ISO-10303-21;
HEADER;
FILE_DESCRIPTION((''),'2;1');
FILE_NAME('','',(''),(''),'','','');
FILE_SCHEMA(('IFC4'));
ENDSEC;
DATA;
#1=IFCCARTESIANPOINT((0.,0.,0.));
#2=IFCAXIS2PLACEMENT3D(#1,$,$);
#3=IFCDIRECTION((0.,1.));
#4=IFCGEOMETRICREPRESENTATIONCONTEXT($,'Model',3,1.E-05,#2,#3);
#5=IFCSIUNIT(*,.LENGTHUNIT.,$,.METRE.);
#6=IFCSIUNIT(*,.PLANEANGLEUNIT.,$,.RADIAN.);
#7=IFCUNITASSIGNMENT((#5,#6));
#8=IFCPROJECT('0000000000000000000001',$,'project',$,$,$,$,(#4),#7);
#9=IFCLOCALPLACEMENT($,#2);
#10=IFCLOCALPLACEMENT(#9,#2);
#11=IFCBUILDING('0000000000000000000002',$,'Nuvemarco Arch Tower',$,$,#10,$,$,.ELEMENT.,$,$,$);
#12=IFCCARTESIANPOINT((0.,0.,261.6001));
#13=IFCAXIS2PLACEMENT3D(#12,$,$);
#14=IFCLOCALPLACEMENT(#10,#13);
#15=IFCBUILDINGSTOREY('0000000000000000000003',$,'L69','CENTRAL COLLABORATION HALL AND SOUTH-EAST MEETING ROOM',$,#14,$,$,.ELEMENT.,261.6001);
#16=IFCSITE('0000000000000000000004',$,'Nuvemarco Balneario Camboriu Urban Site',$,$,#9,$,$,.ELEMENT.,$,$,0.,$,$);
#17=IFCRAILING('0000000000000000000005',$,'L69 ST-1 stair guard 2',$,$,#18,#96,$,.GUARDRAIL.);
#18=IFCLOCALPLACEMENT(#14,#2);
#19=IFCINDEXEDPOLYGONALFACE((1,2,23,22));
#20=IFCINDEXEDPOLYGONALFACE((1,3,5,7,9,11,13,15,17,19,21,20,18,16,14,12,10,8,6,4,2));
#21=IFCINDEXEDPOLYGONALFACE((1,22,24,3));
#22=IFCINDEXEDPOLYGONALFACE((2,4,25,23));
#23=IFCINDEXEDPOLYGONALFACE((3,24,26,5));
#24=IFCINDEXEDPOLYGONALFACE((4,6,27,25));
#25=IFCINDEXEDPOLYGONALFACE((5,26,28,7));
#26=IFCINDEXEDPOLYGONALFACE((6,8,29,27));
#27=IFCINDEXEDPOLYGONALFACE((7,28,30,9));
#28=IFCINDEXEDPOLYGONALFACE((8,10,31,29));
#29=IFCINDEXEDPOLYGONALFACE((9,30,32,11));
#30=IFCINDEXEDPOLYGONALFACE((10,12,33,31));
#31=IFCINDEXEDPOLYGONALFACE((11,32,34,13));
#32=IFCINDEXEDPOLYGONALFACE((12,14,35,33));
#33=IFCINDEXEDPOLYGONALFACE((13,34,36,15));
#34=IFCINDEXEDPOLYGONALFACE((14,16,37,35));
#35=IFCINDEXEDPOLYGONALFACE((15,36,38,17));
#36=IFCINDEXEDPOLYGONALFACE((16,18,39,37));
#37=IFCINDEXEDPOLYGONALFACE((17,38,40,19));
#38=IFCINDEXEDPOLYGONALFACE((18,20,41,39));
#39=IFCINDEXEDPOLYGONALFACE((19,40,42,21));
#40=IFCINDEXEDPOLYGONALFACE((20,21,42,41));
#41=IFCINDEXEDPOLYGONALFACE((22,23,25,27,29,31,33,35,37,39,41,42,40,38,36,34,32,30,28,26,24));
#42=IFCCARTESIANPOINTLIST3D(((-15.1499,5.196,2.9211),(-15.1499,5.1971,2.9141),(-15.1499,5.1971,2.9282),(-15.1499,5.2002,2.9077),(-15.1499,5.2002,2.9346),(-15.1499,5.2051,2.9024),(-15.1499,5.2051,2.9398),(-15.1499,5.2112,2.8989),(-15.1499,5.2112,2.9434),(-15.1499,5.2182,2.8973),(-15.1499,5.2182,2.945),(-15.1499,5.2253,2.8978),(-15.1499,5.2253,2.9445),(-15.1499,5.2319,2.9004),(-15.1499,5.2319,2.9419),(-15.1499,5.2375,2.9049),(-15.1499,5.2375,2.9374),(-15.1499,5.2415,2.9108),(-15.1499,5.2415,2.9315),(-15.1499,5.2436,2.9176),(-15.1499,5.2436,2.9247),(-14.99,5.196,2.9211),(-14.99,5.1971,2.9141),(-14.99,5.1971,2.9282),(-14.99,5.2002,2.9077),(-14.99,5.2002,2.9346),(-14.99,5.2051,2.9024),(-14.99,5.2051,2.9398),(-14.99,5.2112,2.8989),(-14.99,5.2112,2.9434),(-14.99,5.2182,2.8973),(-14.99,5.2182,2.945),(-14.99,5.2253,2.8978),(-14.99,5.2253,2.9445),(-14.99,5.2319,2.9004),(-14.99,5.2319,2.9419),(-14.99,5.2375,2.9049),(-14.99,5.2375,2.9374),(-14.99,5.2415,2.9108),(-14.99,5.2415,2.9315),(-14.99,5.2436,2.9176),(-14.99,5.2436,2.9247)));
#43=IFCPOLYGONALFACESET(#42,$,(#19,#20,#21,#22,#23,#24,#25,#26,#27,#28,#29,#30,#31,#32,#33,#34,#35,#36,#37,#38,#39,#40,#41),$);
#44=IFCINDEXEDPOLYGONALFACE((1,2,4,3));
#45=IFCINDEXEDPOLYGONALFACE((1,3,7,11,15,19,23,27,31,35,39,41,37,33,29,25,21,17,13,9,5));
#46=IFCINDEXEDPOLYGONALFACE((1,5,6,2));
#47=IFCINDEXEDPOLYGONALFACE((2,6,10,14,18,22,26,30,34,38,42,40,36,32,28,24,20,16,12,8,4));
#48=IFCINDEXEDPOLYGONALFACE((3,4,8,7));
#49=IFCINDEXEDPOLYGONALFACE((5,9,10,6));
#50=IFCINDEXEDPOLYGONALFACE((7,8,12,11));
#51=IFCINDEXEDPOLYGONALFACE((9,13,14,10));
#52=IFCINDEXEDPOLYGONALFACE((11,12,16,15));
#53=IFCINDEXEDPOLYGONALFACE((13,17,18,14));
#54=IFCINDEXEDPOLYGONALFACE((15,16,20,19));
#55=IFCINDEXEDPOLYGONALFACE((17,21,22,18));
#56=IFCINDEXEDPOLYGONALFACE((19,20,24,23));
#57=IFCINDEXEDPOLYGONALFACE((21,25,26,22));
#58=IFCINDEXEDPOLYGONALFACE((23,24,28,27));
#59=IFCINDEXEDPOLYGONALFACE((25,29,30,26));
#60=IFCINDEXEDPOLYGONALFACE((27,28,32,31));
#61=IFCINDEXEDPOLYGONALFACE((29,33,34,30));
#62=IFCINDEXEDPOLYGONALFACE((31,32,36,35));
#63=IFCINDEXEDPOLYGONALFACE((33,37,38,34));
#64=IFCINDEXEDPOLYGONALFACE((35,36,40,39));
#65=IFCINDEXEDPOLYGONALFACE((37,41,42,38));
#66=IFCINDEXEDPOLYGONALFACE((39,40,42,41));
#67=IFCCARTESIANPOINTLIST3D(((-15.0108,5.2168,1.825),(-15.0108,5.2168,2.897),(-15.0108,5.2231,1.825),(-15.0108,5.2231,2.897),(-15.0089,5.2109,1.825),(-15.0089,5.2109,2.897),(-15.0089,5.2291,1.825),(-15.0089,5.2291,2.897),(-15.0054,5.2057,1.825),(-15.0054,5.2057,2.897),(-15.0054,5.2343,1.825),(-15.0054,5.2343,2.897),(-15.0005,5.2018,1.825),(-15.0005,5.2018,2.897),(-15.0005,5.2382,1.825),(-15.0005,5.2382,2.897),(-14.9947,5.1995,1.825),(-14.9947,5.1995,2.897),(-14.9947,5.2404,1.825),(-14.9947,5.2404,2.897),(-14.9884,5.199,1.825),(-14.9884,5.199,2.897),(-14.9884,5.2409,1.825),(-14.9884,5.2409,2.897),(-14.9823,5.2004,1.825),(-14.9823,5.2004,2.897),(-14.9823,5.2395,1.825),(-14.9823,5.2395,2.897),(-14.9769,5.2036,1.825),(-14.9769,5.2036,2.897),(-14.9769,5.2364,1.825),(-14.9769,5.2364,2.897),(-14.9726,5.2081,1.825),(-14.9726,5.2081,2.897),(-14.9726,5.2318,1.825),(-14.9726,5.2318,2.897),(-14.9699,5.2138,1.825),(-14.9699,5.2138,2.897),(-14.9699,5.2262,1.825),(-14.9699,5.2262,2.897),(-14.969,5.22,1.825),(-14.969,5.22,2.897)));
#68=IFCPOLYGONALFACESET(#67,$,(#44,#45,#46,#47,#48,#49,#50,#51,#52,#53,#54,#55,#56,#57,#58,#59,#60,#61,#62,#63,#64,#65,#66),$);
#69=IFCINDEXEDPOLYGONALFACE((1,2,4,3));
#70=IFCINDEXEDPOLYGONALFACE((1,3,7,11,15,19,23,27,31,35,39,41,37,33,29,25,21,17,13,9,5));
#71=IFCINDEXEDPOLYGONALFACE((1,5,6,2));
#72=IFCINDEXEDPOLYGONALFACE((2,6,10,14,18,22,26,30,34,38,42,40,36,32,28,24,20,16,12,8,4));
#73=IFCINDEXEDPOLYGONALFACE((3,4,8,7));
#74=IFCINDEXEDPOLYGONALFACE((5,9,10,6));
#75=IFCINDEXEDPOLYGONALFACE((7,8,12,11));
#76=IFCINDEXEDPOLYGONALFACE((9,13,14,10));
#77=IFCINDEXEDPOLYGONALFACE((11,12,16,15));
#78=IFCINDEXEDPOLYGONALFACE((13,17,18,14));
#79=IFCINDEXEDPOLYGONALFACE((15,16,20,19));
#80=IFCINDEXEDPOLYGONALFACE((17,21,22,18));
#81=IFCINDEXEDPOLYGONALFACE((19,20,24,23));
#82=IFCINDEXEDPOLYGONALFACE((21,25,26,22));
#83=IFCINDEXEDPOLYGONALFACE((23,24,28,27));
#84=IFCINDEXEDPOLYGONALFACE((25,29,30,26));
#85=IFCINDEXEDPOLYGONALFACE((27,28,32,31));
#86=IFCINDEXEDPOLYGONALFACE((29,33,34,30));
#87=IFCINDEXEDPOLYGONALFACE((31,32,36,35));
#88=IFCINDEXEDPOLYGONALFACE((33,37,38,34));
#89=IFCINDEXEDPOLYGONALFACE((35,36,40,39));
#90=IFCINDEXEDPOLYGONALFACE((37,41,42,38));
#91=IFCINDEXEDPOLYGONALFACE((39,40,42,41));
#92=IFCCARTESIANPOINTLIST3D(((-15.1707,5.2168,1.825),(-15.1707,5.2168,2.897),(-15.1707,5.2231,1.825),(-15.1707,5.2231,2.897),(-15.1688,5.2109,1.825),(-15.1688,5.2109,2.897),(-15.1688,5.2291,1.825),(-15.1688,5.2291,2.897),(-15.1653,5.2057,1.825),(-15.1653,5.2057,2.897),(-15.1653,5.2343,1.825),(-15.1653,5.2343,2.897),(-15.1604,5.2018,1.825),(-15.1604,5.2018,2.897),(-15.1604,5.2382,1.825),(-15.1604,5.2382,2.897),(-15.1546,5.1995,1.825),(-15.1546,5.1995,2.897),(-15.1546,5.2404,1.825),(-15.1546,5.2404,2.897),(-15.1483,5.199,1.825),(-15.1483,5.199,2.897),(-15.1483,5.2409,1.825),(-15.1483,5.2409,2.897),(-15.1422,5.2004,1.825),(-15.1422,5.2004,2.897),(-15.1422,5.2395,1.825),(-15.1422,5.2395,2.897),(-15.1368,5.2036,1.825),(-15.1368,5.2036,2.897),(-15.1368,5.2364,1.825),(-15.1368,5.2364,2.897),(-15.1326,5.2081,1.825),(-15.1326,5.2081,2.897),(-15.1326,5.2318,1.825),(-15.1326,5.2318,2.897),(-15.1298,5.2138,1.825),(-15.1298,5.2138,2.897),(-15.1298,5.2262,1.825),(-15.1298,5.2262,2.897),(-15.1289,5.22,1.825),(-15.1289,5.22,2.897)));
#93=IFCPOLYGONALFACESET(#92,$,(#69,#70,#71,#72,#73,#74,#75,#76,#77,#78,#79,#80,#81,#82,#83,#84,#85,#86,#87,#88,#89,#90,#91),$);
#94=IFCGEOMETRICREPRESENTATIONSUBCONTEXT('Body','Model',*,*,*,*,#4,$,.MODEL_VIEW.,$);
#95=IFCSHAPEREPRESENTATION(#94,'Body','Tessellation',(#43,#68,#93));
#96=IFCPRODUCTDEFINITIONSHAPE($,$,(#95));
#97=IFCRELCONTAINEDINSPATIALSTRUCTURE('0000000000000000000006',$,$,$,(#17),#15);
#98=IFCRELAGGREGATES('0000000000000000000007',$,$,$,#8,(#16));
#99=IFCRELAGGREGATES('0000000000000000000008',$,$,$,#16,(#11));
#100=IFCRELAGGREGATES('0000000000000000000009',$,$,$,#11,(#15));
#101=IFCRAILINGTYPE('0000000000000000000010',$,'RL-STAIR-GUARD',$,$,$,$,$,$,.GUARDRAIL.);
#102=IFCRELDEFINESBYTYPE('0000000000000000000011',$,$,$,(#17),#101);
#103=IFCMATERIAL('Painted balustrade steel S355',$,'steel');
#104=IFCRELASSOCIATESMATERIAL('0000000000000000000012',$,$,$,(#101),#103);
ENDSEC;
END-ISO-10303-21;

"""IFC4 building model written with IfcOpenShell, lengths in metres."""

from ifc_helpers import new_model, si_unit, direction, frame, origin, origin_2d, place, context, subcontext, project, spatial, circle, extrude, material, type_object, element, save


model = new_model("IFC4")

# Units and contexts
model_context = context("Model", 3, precision=1e-05, world=origin(), true_north=direction((0.0, 1.0)))
body_context = subcontext(model_context, "Body", "Model", "MODEL_VIEW")
ifc_project = project(units=[si_unit("LENGTHUNIT", "METRE"), si_unit("PLANEANGLEUNIT", "RADIAN")], contexts=[model_context])

# Site, building, storey
site_placement = place(None, origin())
site = spatial("IfcSite", under=ifc_project, at=site_placement, Name="Nuvemarco Balneario Camboriu Urban Site", CompositionType="ELEMENT", RefElevation=0.0)
building_placement = place(site_placement, origin())
building = spatial("IfcBuilding", under=site, at=building_placement, Name="Nuvemarco Arch Tower", CompositionType="ELEMENT")
storey_placement = place(building_placement, frame((0.0, 0.0, 261.6001)))
storey = spatial("IfcBuildingStorey", under=building, at=storey_placement, Name="L69", Description="CENTRAL COLLABORATION HALL AND SOUTH-EAST MEETING ROOM", CompositionType="ELEMENT", Elevation=261.6001)

# Railing
ifc_material_1 = material(Name="Painted balustrade steel S355", Category="steel")
railing_type_1 = type_object("IfcRailingType", Name="RL-STAIR-GUARD", PredefinedType="GUARDRAIL", material=ifc_material_1)
railing_1_placement = place(storey_placement, frame((-14.99, 5.22, 1.825)))
element("IfcRailing", 1, at=railing_1_placement, inside=storey, type_object=railing_type_1, Name="L69 ST-1 stair guard 2", PredefinedType="GUARDRAIL", context=body_context, shape_type="SweptSolid", body=[
    extrude(circle(Radius=0.0239, at=origin_2d()), frame((0.0, 0.0, 1.0962), z_axis=(-1.0, 0.0, 0.0), x_axis=(0.0, -1.0, 0.0)), (0.0, 0.0, 1.0), 0.1599),
    extrude(circle(Radius=0.021, at=origin_2d()), origin(), (0.0, 0.0, 1.0), 1.072),
    extrude(circle(Radius=0.021, at=origin_2d()), frame((-0.1599, 0.0, 0.0)), (0.0, 0.0, 1.0), 1.072),
])

save(model, "model.ifc")
